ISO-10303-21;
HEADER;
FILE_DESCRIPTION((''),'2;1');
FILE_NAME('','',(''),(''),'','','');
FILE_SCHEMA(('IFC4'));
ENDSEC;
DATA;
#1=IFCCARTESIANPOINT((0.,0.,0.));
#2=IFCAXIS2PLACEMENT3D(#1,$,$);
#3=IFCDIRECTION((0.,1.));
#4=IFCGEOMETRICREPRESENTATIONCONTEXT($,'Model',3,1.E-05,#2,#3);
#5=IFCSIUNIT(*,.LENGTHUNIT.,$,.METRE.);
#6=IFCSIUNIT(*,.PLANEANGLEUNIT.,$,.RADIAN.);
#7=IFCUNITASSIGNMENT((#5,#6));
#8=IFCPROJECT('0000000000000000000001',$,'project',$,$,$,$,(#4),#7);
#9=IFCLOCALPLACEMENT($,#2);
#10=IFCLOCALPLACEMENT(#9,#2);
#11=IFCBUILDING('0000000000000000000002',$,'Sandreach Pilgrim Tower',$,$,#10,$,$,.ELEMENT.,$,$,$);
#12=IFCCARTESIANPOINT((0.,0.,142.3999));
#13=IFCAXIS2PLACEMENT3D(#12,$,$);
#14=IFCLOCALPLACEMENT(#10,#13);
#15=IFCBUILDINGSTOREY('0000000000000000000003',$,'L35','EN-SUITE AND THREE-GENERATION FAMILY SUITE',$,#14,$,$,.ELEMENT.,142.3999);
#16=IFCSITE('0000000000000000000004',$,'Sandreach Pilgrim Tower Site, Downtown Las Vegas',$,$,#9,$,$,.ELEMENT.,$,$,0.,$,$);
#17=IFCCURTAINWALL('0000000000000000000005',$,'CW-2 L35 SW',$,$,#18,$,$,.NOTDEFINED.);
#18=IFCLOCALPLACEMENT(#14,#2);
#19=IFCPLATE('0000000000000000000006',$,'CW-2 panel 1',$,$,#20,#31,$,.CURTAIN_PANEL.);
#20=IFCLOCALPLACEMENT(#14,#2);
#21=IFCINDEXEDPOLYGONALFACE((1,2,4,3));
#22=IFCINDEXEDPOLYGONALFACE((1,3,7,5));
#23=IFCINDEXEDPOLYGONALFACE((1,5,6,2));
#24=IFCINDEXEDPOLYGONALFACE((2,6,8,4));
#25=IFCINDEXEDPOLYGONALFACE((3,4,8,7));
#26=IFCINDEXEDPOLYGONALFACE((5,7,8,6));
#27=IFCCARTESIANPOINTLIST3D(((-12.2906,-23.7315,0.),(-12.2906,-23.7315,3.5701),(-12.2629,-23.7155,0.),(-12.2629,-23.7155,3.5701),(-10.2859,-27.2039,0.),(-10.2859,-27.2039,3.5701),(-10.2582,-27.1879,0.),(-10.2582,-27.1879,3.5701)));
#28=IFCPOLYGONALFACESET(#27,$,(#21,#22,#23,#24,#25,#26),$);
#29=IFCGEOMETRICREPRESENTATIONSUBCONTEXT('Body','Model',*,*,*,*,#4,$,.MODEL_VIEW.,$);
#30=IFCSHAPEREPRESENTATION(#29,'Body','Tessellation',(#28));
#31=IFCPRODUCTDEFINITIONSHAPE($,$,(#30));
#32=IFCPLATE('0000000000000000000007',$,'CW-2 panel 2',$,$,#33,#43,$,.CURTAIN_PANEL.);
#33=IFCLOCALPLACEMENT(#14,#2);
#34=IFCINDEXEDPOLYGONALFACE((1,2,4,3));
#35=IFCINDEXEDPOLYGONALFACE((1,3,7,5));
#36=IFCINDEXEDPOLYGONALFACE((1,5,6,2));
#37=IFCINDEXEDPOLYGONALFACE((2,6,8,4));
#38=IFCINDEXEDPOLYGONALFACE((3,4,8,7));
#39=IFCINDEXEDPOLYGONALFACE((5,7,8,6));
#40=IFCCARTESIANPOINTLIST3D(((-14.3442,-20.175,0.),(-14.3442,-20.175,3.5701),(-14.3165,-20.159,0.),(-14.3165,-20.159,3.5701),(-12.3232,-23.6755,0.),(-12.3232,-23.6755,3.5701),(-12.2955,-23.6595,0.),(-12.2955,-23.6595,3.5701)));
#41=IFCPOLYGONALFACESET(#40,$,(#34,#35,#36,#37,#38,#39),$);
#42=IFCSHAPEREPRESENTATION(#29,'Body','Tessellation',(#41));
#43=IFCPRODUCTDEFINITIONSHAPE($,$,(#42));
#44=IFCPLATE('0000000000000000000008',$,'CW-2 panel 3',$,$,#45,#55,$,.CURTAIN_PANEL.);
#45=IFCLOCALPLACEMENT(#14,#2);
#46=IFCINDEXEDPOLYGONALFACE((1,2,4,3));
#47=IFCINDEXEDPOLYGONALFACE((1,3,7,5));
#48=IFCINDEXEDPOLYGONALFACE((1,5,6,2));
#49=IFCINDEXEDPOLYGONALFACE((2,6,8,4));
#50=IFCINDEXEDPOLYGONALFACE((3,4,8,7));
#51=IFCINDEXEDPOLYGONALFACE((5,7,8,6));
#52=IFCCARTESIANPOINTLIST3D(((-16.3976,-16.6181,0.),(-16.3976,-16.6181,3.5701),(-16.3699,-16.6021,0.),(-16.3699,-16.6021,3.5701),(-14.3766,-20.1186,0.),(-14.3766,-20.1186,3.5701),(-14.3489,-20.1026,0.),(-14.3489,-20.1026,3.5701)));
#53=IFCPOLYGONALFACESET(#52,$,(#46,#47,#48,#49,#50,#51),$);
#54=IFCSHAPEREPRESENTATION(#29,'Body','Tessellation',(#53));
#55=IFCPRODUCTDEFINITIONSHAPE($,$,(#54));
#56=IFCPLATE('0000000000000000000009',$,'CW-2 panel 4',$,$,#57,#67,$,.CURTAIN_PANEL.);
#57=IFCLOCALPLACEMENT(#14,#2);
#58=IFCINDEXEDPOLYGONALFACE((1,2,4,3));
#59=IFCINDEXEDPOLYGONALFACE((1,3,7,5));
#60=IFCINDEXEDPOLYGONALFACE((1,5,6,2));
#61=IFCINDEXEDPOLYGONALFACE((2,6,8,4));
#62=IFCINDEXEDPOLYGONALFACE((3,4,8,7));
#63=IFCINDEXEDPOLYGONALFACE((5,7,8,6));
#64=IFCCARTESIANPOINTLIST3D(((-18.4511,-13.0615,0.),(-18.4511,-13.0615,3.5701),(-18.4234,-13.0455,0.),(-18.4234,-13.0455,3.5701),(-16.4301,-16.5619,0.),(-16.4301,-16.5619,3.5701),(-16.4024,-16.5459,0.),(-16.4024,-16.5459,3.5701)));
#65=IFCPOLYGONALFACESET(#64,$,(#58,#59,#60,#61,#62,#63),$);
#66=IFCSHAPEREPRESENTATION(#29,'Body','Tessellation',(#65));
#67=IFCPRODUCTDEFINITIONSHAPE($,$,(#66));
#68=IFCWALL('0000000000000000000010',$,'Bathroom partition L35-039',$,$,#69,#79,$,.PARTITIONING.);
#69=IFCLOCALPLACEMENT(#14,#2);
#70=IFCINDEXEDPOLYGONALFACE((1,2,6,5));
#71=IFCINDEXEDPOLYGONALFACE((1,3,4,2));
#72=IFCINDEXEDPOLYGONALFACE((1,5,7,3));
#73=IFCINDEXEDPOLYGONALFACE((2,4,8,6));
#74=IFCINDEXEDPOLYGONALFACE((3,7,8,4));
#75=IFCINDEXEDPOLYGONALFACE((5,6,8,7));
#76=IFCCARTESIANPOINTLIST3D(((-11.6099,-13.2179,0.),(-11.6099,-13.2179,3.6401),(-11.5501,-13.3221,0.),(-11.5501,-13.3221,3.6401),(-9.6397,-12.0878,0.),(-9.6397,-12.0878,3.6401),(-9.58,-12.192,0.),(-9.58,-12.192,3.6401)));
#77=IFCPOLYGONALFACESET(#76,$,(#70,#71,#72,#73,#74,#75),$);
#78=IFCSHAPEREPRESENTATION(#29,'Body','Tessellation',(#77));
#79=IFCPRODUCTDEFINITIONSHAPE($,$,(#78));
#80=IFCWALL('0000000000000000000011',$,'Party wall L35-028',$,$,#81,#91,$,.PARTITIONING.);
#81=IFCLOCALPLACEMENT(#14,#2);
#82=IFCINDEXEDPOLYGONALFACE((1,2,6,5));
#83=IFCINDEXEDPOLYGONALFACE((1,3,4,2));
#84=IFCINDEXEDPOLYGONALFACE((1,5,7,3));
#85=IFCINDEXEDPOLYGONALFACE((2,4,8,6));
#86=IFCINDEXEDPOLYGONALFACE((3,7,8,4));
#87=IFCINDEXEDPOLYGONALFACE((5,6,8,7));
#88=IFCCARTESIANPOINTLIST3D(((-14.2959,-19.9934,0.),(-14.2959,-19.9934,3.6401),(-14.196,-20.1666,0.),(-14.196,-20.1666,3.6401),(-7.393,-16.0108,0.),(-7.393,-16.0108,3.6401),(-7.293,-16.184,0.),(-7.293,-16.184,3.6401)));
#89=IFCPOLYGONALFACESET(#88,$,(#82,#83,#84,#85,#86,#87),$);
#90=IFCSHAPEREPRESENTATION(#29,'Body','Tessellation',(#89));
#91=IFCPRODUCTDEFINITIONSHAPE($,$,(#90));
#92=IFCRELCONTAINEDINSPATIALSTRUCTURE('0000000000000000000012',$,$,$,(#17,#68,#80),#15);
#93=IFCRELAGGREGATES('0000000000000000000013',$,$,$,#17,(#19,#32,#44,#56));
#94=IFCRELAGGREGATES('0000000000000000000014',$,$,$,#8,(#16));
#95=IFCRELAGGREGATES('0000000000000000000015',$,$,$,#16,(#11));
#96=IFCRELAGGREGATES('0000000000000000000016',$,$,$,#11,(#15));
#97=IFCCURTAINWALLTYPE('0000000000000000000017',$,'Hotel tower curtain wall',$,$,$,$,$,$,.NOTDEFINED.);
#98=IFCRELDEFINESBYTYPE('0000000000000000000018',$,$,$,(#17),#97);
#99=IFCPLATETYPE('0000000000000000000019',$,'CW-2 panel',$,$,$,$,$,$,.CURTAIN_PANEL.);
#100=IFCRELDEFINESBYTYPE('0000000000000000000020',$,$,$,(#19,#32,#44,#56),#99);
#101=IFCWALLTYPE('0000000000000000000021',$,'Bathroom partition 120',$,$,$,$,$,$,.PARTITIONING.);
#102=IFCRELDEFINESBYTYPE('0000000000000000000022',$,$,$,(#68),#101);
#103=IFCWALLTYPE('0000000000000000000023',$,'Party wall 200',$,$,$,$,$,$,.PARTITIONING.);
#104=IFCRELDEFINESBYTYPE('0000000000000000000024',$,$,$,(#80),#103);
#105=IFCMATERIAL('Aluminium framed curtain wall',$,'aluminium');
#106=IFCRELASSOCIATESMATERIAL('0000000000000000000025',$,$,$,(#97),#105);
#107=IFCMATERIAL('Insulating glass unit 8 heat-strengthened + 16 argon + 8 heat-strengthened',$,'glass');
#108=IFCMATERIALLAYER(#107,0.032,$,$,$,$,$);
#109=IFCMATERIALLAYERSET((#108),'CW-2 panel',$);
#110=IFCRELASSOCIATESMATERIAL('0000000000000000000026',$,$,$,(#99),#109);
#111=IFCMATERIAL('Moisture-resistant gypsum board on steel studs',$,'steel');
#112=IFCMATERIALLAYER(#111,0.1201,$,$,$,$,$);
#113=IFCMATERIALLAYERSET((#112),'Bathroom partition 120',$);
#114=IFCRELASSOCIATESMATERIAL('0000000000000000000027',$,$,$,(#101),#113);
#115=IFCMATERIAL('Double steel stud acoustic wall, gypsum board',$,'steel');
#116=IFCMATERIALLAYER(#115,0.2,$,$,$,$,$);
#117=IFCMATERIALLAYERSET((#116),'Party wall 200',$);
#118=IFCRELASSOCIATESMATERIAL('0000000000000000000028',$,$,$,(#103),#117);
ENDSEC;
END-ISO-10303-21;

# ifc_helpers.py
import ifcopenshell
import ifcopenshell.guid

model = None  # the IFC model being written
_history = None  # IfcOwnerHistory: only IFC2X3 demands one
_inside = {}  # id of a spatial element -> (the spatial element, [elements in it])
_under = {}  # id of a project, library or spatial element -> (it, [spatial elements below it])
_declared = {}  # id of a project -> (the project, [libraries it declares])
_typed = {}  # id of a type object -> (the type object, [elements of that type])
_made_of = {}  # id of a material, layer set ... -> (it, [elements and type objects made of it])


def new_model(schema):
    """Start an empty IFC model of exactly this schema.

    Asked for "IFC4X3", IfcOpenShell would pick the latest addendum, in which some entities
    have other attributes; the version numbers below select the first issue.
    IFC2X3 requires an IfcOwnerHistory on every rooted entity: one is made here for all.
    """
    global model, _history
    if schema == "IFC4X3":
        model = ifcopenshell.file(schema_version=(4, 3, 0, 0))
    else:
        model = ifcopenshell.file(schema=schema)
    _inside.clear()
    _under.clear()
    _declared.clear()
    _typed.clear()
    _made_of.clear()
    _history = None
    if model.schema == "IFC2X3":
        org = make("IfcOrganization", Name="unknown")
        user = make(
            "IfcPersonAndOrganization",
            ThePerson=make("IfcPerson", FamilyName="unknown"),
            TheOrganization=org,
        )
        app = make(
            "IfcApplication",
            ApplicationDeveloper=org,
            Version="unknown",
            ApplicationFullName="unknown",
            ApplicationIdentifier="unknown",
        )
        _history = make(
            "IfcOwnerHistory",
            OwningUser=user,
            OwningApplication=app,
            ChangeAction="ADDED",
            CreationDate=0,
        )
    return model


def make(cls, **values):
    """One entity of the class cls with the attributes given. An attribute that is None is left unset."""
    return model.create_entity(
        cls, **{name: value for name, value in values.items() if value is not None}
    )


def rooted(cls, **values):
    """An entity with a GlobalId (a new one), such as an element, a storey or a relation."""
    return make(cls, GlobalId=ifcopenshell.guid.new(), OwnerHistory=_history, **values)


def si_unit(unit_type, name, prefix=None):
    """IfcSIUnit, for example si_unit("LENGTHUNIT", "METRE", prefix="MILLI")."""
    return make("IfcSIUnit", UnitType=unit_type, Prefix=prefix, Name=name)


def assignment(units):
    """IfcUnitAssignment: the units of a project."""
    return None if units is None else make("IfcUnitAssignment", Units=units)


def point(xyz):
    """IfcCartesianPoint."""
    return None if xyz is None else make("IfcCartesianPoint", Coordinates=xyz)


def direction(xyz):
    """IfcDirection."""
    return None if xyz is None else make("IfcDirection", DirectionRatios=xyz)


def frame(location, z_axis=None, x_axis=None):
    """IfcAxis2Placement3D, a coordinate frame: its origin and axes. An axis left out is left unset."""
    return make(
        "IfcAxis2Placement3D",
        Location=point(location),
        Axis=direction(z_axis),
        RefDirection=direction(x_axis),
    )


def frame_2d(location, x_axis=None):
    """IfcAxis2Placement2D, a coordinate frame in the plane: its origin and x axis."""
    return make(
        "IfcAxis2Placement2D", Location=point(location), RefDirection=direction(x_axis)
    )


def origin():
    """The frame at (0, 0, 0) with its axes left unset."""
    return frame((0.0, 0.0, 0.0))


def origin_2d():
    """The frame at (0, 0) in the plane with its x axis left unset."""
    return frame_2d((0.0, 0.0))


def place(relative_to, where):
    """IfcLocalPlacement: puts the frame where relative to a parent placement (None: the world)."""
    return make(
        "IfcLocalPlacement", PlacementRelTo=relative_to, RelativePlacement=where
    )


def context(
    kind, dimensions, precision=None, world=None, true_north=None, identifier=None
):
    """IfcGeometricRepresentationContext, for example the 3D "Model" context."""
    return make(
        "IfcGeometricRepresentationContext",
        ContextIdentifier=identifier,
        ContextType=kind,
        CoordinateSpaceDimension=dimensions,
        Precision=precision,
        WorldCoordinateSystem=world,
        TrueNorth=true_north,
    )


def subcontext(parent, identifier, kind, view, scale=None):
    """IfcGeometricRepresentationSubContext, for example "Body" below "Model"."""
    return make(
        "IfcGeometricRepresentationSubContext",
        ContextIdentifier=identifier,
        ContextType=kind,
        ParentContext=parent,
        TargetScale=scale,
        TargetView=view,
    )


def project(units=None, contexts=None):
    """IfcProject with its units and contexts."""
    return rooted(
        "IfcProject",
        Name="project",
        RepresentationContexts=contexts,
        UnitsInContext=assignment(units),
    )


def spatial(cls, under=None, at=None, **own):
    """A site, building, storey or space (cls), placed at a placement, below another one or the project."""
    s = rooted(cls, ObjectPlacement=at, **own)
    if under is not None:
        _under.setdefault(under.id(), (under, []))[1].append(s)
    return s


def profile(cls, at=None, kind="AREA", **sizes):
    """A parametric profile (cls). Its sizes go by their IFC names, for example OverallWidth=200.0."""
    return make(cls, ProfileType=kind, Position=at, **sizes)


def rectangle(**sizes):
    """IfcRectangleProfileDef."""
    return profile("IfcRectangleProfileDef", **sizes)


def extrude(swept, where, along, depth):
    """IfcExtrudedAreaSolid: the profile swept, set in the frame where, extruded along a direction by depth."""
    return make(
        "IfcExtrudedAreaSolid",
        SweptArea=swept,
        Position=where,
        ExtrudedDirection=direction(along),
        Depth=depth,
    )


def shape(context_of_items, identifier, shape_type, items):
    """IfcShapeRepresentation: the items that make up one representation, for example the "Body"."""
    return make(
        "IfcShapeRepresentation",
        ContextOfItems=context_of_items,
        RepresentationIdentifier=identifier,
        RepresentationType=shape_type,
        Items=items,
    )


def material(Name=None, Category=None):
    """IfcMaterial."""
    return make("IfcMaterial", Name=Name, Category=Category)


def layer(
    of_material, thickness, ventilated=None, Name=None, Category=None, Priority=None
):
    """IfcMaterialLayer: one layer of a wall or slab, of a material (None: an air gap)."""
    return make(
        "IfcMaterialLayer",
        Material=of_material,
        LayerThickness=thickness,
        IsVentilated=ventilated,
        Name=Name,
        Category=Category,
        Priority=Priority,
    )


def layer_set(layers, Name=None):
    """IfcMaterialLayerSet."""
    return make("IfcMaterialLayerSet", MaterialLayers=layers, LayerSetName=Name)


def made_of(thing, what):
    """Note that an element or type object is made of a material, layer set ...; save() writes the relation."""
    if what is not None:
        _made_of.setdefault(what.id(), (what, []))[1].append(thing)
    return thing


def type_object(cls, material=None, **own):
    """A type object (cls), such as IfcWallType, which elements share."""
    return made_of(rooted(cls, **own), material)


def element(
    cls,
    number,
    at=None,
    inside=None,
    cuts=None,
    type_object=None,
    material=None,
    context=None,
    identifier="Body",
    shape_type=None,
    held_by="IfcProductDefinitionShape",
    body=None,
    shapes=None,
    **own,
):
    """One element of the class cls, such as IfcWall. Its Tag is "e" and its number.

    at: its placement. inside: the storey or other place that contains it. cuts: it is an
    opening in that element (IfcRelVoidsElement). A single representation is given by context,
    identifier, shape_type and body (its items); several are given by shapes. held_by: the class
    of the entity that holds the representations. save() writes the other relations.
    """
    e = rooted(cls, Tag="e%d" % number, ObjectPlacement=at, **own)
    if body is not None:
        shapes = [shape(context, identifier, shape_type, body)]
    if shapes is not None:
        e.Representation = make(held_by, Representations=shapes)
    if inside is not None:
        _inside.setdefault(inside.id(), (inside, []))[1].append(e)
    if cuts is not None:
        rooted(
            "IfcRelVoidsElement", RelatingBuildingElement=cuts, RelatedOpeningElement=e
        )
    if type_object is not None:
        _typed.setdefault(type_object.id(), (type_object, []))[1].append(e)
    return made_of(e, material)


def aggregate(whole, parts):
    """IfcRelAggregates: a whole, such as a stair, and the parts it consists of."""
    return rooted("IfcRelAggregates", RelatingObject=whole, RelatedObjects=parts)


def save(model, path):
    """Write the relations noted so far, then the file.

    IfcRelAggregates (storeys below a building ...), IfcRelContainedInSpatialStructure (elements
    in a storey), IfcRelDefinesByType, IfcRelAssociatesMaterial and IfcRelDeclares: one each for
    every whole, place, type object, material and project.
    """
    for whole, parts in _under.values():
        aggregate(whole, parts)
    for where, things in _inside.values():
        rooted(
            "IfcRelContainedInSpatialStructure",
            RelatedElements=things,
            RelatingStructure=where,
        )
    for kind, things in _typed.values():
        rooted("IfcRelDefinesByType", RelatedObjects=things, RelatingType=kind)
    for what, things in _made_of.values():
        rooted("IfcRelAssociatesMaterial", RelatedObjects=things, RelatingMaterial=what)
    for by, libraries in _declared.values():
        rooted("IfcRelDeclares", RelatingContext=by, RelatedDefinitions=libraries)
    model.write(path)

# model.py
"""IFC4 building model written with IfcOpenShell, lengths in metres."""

from ifc_helpers import new_model, si_unit, direction, frame, frame_2d, origin, origin_2d, place, context, subcontext, project, spatial, rectangle, extrude, material, layer, layer_set, type_object, element, aggregate, save


model = new_model("IFC4")

# Units and contexts
model_context = context("Model", 3, precision=1e-05, world=origin(), true_north=direction((0.0, 1.0)))
body_context = subcontext(model_context, "Body", "Model", "MODEL_VIEW")
ifc_project = project(units=[si_unit("LENGTHUNIT", "METRE"), si_unit("PLANEANGLEUNIT", "RADIAN")], contexts=[model_context])

# Site, building, storey
site_placement = place(None, origin())
site = spatial("IfcSite", under=ifc_project, at=site_placement, Name="Sandreach Pilgrim Tower Site, Downtown Las Vegas", CompositionType="ELEMENT", RefElevation=0.0)
building_placement = place(site_placement, origin())
building = spatial("IfcBuilding", under=site, at=building_placement, Name="Sandreach Pilgrim Tower", CompositionType="ELEMENT")
storey_placement = place(building_placement, frame((0.0, 0.0, 142.3999)))
storey = spatial("IfcBuildingStorey", under=building, at=storey_placement, Name="L35", Description="EN-SUITE AND THREE-GENERATION FAMILY SUITE", CompositionType="ELEMENT", Elevation=142.3999)

# Curtain wall
ifc_material_1 = material(Name="Aluminium framed curtain wall", Category="aluminium")
curtain_wall_type = type_object("IfcCurtainWallType", Name="Hotel tower curtain wall", PredefinedType="NOTDEFINED", material=ifc_material_1)
curtain_wall_placement = place(storey_placement, origin())
curtain_wall = element("IfcCurtainWall", 1, at=curtain_wall_placement, inside=storey, type_object=curtain_wall_type, Name="CW-2 L35 SW", PredefinedType="NOTDEFINED")

# Plates
ifc_material_2 = material(Name="Insulating glass unit 8 heat-strengthened + 16 argon + 8 heat-strengthened", Category="glass")
ifc_layer_1 = layer(ifc_material_2, 0.032)
ifc_layer_set_1 = layer_set([ifc_layer_1], Name="CW-2 panel")
plate_type = type_object("IfcPlateType", Name="CW-2 panel", PredefinedType="CURTAIN_PANEL", material=ifc_layer_set_1)
plate_1_placement = place(storey_placement, frame((-11.2744, -25.4597, 0.0), z_axis=(0.0, 0.0, 1.0), x_axis=(-0.5, 0.866025, 0.0)))
plate_1 = element("IfcPlate", 2, at=plate_1_placement, type_object=plate_type, Name="CW-2 panel 1", PredefinedType="CURTAIN_PANEL", context=body_context, shape_type="SweptSolid", body=[
    extrude(rectangle(XDim=4.0095, YDim=0.032, at=origin_2d()), origin(), (0.0, 0.0, 1.0), 3.5701),
])
plate_2_placement = place(storey_placement, frame((-13.3198, -21.9172, 0.0), z_axis=(0.0, 0.0, 1.0), x_axis=(-0.5, 0.866025, 0.0)))
plate_2 = element("IfcPlate", 3, at=plate_2_placement, type_object=plate_type, Name="CW-2 panel 2", PredefinedType="CURTAIN_PANEL", context=body_context, shape_type="SweptSolid", body=[
    extrude(rectangle(XDim=4.042, YDim=0.032, at=origin_2d()), origin(), (0.0, 0.0, 1.0), 3.5701),
])
plate_3_placement = place(storey_placement, frame((-15.3733, -18.3604, 0.0), z_axis=(0.0, 0.0, 1.0), x_axis=(-0.5, 0.866025, 0.0)))
plate_3 = element("IfcPlate", 4, at=plate_3_placement, type_object=plate_type, Name="CW-2 panel 3", PredefinedType="CURTAIN_PANEL", context=body_context, shape_type="SweptSolid", body=[
    extrude(rectangle(XDim=4.042, YDim=0.032, at=origin_2d()), origin(), (0.0, 0.0, 1.0), 3.5701),
])
plate_4_placement = place(storey_placement, frame((-17.4268, -14.8037, 0.0), z_axis=(0.0, 0.0, 1.0), x_axis=(-0.5, 0.866025, 0.0)))
plate_4 = element("IfcPlate", 5, at=plate_4_placement, type_object=plate_type, Name="CW-2 panel 4", PredefinedType="CURTAIN_PANEL", context=body_context, shape_type="SweptSolid", body=[
    extrude(rectangle(XDim=4.042, YDim=0.032, at=origin_2d()), origin(), (0.0, 0.0, 1.0), 3.5701),
])
aggregate(curtain_wall, [plate_1, plate_2, plate_3, plate_4])

# Wall
ifc_material_3 = material(Name="Moisture-resistant gypsum board on steel studs", Category="steel")
ifc_layer_2 = layer(ifc_material_3, 0.1201)
ifc_layer_set_2 = layer_set([ifc_layer_2], Name="Bathroom partition 120")
wall_type_1 = type_object("IfcWallType", Name="Bathroom partition 120", PredefinedType="PARTITIONING", material=ifc_layer_set_2)
wall_1_placement = place(storey_placement, frame((-11.5801, -13.27, 0.0), z_axis=(0.0, 0.0, 1.0), x_axis=(0.867428, 0.497562, 0.0)))
element("IfcWall", 6, at=wall_1_placement, inside=storey, type_object=wall_type_1, Name="Bathroom partition L35-039", PredefinedType="PARTITIONING", context=body_context, shape_type="SweptSolid", body=[
    extrude(rectangle(XDim=2.2712, YDim=0.1201, at=frame_2d((1.1357, 0.0))), origin(), (0.0, 0.0, 1.0), 3.6401),
])

# Wall
ifc_material_4 = material(Name="Double steel stud acoustic wall, gypsum board", Category="steel")
ifc_layer_3 = layer(ifc_material_4, 0.2)
ifc_layer_set_3 = layer_set([ifc_layer_3], Name="Party wall 200")
wall_type_2 = type_object("IfcWallType", Name="Party wall 200", PredefinedType="PARTITIONING", material=ifc_layer_set_3)
wall_2_placement = place(storey_placement, frame((-14.2461, -20.0801, 0.0), z_axis=(0.0, 0.0, 1.0), x_axis=(0.866179, 0.499734, 0.0)))
element("IfcWall", 7, at=wall_2_placement, inside=storey, type_object=wall_type_2, Name="Party wall L35-028", PredefinedType="PARTITIONING", context=body_context, shape_type="SweptSolid", body=[
    extrude(rectangle(XDim=7.9695, YDim=0.2, at=frame_2d((3.9849, 0.0))), origin(), (0.0, 0.0, 1.0), 3.6401),
])

save(model, "model.ifc")
